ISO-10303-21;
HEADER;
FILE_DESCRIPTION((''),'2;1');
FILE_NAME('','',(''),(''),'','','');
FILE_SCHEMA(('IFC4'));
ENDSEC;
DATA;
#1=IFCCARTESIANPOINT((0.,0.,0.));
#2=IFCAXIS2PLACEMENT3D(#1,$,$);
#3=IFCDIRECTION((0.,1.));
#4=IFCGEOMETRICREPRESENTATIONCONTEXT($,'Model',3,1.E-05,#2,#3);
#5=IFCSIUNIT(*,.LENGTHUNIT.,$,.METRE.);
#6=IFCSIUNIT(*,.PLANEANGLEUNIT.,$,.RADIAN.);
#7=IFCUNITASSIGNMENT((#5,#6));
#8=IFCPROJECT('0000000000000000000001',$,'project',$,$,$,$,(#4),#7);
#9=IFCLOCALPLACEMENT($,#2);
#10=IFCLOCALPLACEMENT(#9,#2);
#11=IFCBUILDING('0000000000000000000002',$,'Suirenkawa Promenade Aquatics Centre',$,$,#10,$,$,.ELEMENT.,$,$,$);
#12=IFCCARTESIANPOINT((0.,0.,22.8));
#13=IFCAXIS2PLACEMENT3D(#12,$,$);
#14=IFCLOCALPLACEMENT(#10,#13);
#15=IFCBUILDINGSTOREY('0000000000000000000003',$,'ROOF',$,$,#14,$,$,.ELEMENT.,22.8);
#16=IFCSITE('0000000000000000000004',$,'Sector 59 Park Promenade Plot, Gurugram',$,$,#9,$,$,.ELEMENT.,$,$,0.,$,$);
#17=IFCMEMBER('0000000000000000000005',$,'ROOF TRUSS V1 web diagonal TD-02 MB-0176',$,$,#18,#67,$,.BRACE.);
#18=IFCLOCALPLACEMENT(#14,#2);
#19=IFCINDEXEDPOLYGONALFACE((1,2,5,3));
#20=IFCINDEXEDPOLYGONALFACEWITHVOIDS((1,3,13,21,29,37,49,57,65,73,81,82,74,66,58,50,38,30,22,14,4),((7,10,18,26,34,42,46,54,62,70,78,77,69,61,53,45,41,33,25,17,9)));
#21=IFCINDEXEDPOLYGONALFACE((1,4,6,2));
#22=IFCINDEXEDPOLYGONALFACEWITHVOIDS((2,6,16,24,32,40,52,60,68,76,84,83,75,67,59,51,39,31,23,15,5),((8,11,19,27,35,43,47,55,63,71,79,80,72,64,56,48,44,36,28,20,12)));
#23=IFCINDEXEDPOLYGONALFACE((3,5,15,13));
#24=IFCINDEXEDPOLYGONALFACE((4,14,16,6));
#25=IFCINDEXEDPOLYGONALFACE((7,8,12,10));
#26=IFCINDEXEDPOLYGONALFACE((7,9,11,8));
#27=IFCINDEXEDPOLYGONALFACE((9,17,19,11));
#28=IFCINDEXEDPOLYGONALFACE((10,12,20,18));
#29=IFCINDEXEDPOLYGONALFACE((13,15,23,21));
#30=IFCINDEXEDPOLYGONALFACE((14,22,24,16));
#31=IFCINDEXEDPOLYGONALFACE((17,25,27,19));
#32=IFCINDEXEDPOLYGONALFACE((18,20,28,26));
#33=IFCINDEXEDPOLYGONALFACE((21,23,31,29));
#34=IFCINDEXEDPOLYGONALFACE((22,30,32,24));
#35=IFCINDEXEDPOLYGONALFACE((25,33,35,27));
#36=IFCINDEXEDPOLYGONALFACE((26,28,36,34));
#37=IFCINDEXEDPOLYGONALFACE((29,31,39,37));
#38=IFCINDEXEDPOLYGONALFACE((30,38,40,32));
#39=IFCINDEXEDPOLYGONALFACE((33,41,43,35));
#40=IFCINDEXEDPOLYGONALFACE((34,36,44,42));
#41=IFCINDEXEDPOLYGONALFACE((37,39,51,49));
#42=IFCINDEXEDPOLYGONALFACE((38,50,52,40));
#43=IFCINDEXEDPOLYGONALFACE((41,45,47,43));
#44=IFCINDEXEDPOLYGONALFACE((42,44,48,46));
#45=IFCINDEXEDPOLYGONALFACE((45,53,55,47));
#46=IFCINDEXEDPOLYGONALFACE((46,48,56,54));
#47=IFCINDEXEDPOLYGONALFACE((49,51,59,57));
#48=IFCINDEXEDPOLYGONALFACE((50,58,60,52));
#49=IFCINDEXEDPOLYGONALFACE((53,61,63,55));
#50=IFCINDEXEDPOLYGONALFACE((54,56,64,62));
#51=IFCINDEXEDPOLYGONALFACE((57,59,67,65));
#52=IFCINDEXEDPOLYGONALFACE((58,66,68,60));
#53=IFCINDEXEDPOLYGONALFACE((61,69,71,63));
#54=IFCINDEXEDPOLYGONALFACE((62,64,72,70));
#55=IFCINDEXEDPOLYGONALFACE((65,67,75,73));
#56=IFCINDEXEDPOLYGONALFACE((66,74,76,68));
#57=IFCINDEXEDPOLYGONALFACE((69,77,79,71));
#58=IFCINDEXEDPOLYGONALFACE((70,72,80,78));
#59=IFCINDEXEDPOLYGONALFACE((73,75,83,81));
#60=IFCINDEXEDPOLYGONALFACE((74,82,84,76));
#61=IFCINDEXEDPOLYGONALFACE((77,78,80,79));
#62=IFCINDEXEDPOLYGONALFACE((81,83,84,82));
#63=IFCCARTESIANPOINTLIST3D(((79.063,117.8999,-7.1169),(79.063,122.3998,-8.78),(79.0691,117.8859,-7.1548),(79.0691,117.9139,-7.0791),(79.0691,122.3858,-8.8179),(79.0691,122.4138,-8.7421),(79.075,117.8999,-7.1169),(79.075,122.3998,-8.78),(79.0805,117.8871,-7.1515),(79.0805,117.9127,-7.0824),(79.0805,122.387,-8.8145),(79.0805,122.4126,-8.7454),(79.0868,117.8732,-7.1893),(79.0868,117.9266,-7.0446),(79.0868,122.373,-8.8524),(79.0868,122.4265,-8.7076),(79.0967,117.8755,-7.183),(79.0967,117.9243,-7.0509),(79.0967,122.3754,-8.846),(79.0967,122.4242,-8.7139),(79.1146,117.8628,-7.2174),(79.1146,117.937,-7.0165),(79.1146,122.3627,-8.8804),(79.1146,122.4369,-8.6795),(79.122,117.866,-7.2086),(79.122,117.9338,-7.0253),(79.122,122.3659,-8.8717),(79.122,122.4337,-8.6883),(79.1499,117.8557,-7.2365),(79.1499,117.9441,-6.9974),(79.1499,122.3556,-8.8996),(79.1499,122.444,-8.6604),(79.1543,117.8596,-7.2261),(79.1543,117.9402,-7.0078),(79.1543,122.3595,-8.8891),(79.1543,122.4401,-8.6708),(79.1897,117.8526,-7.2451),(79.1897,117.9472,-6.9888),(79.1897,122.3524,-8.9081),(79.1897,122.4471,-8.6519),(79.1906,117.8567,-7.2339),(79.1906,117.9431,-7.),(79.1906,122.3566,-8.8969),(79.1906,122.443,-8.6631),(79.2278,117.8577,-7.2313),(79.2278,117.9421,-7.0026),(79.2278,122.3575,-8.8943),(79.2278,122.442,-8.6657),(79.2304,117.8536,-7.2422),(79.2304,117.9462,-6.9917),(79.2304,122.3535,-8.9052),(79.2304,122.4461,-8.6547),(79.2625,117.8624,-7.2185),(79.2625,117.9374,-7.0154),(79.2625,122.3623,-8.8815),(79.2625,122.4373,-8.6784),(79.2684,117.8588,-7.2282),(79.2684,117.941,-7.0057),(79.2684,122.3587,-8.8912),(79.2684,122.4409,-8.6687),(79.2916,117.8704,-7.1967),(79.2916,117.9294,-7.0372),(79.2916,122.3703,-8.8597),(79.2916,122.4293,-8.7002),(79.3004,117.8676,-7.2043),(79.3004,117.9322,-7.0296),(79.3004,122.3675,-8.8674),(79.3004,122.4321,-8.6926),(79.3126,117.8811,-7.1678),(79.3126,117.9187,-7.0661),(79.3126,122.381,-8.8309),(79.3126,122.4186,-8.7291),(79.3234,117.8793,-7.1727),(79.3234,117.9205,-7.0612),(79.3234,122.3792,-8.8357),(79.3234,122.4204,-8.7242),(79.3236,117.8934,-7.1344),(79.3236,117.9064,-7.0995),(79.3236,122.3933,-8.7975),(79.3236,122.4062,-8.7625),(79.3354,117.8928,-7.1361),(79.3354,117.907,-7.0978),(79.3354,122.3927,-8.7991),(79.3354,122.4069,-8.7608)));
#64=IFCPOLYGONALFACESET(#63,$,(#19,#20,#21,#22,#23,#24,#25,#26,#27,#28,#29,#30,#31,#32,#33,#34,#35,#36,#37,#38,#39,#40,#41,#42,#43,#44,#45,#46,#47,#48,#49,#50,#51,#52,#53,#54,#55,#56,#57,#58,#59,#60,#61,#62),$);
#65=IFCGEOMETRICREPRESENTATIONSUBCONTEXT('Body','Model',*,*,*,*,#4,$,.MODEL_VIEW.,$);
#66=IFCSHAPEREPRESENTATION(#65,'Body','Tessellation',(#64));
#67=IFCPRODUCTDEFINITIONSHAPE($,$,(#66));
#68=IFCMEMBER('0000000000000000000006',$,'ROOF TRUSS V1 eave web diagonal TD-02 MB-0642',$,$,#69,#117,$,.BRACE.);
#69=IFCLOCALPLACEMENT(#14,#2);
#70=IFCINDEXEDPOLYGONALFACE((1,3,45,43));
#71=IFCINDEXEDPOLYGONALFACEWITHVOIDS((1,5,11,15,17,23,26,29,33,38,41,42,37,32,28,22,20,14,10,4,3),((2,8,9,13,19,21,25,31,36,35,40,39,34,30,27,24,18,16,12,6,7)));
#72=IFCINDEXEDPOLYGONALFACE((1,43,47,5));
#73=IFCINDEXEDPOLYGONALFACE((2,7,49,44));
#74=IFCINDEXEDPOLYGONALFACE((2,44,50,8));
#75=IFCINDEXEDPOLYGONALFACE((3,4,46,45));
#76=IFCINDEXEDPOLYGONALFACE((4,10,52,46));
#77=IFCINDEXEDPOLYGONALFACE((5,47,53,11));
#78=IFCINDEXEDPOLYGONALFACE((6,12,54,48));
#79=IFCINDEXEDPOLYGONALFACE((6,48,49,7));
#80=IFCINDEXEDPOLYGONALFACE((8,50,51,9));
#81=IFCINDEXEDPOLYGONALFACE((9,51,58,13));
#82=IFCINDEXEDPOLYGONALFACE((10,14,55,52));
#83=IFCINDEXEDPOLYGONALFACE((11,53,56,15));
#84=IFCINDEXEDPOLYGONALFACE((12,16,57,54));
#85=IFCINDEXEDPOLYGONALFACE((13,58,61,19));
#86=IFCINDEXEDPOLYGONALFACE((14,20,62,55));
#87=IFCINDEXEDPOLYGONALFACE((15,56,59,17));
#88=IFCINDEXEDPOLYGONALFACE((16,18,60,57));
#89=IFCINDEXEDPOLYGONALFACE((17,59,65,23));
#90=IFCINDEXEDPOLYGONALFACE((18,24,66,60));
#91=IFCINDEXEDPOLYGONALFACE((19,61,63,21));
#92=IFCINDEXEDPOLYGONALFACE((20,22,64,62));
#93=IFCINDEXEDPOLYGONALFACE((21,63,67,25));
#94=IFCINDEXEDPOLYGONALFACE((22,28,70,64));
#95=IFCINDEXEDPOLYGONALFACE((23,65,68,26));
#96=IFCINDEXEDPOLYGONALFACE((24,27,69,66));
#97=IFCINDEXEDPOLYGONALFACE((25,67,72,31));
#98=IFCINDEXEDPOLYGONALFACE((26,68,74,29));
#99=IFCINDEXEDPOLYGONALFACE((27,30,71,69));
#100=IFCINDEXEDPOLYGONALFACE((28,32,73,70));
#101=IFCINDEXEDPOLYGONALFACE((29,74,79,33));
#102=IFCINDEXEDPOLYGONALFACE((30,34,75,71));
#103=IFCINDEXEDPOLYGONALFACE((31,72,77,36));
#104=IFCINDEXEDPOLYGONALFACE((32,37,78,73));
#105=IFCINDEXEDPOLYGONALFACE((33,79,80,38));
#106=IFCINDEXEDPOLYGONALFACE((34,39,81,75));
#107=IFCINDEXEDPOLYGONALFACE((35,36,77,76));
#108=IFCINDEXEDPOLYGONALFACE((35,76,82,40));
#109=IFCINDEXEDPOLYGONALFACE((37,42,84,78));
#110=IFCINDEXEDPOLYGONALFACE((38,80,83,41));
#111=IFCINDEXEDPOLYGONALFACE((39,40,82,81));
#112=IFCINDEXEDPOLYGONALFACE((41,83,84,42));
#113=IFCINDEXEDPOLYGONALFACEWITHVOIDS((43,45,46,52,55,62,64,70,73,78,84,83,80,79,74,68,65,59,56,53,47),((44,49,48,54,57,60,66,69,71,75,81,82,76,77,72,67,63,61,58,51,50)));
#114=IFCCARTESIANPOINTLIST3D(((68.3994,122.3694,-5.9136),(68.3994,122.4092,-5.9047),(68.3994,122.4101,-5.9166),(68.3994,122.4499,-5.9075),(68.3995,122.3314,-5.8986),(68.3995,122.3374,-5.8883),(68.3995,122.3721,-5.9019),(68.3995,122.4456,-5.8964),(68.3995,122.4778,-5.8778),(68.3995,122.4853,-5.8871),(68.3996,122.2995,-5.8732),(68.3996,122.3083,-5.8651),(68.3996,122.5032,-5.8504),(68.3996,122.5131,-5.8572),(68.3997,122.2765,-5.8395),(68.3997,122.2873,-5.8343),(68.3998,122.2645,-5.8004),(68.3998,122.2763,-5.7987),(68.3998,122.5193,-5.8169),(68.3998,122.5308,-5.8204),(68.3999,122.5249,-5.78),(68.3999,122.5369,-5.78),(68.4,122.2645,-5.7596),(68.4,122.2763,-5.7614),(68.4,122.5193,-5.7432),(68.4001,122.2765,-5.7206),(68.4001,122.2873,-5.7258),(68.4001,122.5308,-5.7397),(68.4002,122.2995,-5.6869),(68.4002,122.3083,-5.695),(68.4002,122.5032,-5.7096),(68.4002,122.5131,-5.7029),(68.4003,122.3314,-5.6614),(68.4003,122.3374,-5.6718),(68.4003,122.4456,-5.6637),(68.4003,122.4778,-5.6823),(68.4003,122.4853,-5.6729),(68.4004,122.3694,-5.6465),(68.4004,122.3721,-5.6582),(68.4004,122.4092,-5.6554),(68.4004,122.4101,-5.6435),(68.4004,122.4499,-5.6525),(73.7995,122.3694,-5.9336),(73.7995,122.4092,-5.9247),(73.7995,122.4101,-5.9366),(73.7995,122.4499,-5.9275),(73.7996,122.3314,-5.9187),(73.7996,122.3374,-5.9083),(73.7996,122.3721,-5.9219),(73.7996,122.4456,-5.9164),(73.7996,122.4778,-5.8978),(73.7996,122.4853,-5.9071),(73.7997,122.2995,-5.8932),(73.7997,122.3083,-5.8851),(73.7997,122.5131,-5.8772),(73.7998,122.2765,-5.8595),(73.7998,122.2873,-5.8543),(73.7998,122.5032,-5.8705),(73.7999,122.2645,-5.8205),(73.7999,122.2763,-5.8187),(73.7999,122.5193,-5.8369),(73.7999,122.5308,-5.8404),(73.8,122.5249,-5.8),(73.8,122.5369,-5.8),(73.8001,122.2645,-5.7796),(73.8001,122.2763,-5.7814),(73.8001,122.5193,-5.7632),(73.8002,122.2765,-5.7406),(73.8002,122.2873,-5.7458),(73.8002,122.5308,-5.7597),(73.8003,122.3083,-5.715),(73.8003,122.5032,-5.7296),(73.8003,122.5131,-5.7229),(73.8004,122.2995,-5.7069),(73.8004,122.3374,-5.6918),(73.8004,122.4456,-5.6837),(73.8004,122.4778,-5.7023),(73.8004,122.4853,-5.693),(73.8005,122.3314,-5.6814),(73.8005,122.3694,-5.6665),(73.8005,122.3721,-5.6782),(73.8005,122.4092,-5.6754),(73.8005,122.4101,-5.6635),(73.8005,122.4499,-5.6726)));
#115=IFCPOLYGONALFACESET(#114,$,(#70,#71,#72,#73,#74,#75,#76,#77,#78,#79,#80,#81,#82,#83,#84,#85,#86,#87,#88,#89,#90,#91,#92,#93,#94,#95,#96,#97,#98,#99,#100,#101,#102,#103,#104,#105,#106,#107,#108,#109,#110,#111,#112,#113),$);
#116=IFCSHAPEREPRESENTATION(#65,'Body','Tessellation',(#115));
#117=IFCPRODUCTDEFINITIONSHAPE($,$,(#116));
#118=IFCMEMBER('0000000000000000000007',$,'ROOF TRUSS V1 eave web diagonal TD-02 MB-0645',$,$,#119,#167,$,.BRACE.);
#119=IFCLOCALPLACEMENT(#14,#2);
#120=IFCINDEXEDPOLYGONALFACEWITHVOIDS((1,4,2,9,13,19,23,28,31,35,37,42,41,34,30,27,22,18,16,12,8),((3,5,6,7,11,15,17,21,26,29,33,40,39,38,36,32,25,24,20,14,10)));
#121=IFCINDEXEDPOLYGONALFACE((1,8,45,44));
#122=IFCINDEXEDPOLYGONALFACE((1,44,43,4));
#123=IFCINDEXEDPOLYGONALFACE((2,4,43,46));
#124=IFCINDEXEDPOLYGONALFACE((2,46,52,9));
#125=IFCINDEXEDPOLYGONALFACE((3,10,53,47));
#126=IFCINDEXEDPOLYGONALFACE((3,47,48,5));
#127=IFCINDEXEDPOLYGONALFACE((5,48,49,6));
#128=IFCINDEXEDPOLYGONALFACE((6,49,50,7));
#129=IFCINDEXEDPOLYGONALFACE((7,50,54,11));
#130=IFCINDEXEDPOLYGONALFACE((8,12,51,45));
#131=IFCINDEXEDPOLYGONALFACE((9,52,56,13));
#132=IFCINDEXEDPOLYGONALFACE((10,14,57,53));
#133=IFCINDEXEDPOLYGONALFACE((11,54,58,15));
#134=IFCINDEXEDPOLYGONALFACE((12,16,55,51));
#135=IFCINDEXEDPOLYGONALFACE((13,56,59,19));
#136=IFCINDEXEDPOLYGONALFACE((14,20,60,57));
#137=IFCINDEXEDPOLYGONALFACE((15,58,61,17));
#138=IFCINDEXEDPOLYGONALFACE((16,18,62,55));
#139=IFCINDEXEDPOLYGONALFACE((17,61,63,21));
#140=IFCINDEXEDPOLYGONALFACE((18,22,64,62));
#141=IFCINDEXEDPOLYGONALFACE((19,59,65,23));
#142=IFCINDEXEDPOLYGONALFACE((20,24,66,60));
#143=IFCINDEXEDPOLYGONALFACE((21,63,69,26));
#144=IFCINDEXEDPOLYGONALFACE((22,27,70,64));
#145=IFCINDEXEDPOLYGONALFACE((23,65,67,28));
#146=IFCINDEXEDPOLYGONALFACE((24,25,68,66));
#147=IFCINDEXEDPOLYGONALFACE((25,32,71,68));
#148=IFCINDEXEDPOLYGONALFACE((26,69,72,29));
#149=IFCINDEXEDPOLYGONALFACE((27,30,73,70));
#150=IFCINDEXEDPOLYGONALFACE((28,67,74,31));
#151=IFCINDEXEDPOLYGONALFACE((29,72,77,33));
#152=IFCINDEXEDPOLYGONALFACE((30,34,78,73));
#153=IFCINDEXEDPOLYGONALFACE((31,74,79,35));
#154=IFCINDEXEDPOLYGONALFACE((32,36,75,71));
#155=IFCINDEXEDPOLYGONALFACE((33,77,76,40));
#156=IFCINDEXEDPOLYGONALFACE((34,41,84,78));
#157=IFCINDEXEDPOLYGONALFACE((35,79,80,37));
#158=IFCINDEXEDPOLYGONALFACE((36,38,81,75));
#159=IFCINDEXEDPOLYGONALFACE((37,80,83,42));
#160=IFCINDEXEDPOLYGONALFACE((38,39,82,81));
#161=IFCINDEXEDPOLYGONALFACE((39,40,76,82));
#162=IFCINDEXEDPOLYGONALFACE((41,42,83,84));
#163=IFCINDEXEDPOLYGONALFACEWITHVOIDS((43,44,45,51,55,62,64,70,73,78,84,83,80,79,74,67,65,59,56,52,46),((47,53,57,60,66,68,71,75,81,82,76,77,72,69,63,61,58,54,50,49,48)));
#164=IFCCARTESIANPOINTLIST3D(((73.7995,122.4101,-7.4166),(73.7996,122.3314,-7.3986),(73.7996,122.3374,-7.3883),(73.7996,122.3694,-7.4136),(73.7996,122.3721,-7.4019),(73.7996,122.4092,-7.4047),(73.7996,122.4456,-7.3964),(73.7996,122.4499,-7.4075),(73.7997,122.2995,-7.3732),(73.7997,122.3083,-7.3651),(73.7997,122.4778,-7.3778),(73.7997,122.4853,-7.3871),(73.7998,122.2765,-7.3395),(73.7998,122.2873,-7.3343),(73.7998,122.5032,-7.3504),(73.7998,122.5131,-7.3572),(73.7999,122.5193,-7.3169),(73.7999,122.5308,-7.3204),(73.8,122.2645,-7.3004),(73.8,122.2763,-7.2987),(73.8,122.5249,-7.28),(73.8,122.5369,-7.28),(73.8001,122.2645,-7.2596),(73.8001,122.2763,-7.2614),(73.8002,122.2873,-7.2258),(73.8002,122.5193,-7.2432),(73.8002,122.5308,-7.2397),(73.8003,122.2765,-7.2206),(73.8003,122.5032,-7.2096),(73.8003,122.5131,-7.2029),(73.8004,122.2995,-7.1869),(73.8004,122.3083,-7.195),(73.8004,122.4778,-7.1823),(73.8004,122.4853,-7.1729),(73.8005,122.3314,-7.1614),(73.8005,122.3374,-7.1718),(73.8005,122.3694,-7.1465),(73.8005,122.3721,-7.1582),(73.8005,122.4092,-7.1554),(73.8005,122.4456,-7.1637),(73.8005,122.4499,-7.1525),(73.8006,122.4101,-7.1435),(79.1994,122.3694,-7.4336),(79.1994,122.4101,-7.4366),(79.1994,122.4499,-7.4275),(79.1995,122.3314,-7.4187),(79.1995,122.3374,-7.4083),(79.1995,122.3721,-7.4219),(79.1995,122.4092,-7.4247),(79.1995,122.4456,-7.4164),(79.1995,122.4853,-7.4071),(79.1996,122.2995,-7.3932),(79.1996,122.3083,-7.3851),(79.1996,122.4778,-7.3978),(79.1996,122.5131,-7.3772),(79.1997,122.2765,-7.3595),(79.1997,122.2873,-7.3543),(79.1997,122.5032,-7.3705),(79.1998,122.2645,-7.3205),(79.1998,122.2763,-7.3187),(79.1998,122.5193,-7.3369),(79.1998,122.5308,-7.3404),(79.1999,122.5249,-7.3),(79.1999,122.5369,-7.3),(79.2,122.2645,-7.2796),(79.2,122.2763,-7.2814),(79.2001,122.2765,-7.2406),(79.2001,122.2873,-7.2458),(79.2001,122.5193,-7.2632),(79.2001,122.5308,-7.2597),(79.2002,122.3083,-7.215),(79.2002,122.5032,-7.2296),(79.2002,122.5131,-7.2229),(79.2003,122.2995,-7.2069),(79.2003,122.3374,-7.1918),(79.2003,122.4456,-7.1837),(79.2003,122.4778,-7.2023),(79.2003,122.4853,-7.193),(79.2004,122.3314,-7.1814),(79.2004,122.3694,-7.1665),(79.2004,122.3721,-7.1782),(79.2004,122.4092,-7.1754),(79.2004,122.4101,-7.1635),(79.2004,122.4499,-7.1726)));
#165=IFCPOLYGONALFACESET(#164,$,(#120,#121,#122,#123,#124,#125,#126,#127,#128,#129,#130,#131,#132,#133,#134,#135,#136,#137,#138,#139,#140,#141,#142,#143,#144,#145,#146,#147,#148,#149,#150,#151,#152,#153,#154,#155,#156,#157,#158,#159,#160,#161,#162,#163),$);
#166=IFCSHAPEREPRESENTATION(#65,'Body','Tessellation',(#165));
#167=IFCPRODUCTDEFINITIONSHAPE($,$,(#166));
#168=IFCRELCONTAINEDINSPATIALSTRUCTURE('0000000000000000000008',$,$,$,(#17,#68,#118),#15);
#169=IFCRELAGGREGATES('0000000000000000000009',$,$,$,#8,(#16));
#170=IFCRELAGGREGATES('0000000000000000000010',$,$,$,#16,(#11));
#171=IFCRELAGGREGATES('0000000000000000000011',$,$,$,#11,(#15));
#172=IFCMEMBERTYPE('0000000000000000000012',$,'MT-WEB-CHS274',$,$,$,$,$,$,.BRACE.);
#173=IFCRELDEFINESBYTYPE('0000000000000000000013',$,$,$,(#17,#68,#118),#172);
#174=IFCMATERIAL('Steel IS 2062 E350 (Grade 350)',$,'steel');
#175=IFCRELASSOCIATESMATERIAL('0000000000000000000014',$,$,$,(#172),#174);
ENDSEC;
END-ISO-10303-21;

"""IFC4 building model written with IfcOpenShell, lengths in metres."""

from ifc_helpers import new_model, si_unit, direction, frame, origin, origin_2d, place, context, subcontext, project, spatial, hollow_circle, extrude, material, material_profile, profile_set, type_object, element, save


model = new_model("IFC4")

# Units and contexts
model_context = context("Model", 3, precision=1e-05, world=origin(), true_north=direction((0.0, 1.0)))
body_context = subcontext(model_context, "Body", "Model", "MODEL_VIEW")
ifc_project = project(units=[si_unit("LENGTHUNIT", "METRE"), si_unit("PLANEANGLEUNIT", "RADIAN")], contexts=[model_context])

# Site, building, storey
site_placement = place(None, origin())
site = spatial("IfcSite", under=ifc_project, at=site_placement, Name="Sector 59 Park Promenade Plot, Gurugram", CompositionType="ELEMENT", RefElevation=0.0)
building_placement = place(site_placement, origin())
building = spatial("IfcBuilding", under=site, at=building_placement, Name="Suirenkawa Promenade Aquatics Centre", CompositionType="ELEMENT")
storey_placement = place(building_placement, frame((0.0, 0.0, 22.8)))
storey = spatial("IfcBuildingStorey", under=building, at=storey_placement, Name="ROOF", CompositionType="ELEMENT", Elevation=22.8)

# Shared definitions
ifc_material = material(Name="Steel IS 2062 E350 (Grade 350)", Category="steel")

# Members
ifc_material_profile_1 = material_profile(ifc_material, hollow_circle(Radius=0.137, WallThickness=0.012, at=origin_2d()), Name="CHS 274x12", Category="steel")
ifc_profile_set_1 = profile_set([ifc_material_profile_1], Name="Steel IS 2062 E350 (Grade 350)")
member_type_1 = type_object("IfcMemberType", Name="MT-WEB-CHS274", PredefinedType="BRACE", material=ifc_profile_set_1)
member_1_placement = place(storey_placement, frame((79.2, 117.8999, -7.1169), z_axis=(0.0, 0.937992, -0.346658), x_axis=(-1.0, 0.0, 0.0)))
element("IfcMember", 1, at=member_1_placement, inside=storey, type_object=member_type_1, Name="ROOF TRUSS V1 web diagonal TD-02 MB-0176", PredefinedType="BRACE", context=body_context, shape_type="SweptSolid", body=[
    extrude(hollow_circle(Radius=0.137, WallThickness=0.012, at=origin_2d()), origin(), (0.0, 0.0, 1.0), 4.7974),
])
member_2_placement = place(storey_placement, frame((68.3999, 122.3999, -5.78), z_axis=(0.999993, 0.0, -0.003707), x_axis=(0.0, 1.0, 0.0)))
element("IfcMember", 2, at=member_2_placement, inside=storey, type_object=member_type_1, Name="ROOF TRUSS V1 eave web diagonal TD-02 MB-0642", PredefinedType="BRACE", context=body_context, shape_type="SweptSolid", body=[
    extrude(hollow_circle(Radius=0.137, WallThickness=0.012, at=origin_2d()), origin(), (0.0, 0.0, 1.0), 5.4001),
])
member_3_placement = place(storey_placement, frame((73.8, 122.3999, -7.28), z_axis=(0.999993, 0.0, -0.003707), x_axis=(0.0, 1.0, 0.0)))
element("IfcMember", 3, at=member_3_placement, inside=storey, type_object=member_type_1, Name="ROOF TRUSS V1 eave web diagonal TD-02 MB-0645", PredefinedType="BRACE", context=body_context, shape_type="SweptSolid", body=[
    extrude(hollow_circle(Radius=0.137, WallThickness=0.012, at=origin_2d()), origin(), (0.0, 0.0, 1.0), 5.3999),
])

save(model, "model.ifc")
